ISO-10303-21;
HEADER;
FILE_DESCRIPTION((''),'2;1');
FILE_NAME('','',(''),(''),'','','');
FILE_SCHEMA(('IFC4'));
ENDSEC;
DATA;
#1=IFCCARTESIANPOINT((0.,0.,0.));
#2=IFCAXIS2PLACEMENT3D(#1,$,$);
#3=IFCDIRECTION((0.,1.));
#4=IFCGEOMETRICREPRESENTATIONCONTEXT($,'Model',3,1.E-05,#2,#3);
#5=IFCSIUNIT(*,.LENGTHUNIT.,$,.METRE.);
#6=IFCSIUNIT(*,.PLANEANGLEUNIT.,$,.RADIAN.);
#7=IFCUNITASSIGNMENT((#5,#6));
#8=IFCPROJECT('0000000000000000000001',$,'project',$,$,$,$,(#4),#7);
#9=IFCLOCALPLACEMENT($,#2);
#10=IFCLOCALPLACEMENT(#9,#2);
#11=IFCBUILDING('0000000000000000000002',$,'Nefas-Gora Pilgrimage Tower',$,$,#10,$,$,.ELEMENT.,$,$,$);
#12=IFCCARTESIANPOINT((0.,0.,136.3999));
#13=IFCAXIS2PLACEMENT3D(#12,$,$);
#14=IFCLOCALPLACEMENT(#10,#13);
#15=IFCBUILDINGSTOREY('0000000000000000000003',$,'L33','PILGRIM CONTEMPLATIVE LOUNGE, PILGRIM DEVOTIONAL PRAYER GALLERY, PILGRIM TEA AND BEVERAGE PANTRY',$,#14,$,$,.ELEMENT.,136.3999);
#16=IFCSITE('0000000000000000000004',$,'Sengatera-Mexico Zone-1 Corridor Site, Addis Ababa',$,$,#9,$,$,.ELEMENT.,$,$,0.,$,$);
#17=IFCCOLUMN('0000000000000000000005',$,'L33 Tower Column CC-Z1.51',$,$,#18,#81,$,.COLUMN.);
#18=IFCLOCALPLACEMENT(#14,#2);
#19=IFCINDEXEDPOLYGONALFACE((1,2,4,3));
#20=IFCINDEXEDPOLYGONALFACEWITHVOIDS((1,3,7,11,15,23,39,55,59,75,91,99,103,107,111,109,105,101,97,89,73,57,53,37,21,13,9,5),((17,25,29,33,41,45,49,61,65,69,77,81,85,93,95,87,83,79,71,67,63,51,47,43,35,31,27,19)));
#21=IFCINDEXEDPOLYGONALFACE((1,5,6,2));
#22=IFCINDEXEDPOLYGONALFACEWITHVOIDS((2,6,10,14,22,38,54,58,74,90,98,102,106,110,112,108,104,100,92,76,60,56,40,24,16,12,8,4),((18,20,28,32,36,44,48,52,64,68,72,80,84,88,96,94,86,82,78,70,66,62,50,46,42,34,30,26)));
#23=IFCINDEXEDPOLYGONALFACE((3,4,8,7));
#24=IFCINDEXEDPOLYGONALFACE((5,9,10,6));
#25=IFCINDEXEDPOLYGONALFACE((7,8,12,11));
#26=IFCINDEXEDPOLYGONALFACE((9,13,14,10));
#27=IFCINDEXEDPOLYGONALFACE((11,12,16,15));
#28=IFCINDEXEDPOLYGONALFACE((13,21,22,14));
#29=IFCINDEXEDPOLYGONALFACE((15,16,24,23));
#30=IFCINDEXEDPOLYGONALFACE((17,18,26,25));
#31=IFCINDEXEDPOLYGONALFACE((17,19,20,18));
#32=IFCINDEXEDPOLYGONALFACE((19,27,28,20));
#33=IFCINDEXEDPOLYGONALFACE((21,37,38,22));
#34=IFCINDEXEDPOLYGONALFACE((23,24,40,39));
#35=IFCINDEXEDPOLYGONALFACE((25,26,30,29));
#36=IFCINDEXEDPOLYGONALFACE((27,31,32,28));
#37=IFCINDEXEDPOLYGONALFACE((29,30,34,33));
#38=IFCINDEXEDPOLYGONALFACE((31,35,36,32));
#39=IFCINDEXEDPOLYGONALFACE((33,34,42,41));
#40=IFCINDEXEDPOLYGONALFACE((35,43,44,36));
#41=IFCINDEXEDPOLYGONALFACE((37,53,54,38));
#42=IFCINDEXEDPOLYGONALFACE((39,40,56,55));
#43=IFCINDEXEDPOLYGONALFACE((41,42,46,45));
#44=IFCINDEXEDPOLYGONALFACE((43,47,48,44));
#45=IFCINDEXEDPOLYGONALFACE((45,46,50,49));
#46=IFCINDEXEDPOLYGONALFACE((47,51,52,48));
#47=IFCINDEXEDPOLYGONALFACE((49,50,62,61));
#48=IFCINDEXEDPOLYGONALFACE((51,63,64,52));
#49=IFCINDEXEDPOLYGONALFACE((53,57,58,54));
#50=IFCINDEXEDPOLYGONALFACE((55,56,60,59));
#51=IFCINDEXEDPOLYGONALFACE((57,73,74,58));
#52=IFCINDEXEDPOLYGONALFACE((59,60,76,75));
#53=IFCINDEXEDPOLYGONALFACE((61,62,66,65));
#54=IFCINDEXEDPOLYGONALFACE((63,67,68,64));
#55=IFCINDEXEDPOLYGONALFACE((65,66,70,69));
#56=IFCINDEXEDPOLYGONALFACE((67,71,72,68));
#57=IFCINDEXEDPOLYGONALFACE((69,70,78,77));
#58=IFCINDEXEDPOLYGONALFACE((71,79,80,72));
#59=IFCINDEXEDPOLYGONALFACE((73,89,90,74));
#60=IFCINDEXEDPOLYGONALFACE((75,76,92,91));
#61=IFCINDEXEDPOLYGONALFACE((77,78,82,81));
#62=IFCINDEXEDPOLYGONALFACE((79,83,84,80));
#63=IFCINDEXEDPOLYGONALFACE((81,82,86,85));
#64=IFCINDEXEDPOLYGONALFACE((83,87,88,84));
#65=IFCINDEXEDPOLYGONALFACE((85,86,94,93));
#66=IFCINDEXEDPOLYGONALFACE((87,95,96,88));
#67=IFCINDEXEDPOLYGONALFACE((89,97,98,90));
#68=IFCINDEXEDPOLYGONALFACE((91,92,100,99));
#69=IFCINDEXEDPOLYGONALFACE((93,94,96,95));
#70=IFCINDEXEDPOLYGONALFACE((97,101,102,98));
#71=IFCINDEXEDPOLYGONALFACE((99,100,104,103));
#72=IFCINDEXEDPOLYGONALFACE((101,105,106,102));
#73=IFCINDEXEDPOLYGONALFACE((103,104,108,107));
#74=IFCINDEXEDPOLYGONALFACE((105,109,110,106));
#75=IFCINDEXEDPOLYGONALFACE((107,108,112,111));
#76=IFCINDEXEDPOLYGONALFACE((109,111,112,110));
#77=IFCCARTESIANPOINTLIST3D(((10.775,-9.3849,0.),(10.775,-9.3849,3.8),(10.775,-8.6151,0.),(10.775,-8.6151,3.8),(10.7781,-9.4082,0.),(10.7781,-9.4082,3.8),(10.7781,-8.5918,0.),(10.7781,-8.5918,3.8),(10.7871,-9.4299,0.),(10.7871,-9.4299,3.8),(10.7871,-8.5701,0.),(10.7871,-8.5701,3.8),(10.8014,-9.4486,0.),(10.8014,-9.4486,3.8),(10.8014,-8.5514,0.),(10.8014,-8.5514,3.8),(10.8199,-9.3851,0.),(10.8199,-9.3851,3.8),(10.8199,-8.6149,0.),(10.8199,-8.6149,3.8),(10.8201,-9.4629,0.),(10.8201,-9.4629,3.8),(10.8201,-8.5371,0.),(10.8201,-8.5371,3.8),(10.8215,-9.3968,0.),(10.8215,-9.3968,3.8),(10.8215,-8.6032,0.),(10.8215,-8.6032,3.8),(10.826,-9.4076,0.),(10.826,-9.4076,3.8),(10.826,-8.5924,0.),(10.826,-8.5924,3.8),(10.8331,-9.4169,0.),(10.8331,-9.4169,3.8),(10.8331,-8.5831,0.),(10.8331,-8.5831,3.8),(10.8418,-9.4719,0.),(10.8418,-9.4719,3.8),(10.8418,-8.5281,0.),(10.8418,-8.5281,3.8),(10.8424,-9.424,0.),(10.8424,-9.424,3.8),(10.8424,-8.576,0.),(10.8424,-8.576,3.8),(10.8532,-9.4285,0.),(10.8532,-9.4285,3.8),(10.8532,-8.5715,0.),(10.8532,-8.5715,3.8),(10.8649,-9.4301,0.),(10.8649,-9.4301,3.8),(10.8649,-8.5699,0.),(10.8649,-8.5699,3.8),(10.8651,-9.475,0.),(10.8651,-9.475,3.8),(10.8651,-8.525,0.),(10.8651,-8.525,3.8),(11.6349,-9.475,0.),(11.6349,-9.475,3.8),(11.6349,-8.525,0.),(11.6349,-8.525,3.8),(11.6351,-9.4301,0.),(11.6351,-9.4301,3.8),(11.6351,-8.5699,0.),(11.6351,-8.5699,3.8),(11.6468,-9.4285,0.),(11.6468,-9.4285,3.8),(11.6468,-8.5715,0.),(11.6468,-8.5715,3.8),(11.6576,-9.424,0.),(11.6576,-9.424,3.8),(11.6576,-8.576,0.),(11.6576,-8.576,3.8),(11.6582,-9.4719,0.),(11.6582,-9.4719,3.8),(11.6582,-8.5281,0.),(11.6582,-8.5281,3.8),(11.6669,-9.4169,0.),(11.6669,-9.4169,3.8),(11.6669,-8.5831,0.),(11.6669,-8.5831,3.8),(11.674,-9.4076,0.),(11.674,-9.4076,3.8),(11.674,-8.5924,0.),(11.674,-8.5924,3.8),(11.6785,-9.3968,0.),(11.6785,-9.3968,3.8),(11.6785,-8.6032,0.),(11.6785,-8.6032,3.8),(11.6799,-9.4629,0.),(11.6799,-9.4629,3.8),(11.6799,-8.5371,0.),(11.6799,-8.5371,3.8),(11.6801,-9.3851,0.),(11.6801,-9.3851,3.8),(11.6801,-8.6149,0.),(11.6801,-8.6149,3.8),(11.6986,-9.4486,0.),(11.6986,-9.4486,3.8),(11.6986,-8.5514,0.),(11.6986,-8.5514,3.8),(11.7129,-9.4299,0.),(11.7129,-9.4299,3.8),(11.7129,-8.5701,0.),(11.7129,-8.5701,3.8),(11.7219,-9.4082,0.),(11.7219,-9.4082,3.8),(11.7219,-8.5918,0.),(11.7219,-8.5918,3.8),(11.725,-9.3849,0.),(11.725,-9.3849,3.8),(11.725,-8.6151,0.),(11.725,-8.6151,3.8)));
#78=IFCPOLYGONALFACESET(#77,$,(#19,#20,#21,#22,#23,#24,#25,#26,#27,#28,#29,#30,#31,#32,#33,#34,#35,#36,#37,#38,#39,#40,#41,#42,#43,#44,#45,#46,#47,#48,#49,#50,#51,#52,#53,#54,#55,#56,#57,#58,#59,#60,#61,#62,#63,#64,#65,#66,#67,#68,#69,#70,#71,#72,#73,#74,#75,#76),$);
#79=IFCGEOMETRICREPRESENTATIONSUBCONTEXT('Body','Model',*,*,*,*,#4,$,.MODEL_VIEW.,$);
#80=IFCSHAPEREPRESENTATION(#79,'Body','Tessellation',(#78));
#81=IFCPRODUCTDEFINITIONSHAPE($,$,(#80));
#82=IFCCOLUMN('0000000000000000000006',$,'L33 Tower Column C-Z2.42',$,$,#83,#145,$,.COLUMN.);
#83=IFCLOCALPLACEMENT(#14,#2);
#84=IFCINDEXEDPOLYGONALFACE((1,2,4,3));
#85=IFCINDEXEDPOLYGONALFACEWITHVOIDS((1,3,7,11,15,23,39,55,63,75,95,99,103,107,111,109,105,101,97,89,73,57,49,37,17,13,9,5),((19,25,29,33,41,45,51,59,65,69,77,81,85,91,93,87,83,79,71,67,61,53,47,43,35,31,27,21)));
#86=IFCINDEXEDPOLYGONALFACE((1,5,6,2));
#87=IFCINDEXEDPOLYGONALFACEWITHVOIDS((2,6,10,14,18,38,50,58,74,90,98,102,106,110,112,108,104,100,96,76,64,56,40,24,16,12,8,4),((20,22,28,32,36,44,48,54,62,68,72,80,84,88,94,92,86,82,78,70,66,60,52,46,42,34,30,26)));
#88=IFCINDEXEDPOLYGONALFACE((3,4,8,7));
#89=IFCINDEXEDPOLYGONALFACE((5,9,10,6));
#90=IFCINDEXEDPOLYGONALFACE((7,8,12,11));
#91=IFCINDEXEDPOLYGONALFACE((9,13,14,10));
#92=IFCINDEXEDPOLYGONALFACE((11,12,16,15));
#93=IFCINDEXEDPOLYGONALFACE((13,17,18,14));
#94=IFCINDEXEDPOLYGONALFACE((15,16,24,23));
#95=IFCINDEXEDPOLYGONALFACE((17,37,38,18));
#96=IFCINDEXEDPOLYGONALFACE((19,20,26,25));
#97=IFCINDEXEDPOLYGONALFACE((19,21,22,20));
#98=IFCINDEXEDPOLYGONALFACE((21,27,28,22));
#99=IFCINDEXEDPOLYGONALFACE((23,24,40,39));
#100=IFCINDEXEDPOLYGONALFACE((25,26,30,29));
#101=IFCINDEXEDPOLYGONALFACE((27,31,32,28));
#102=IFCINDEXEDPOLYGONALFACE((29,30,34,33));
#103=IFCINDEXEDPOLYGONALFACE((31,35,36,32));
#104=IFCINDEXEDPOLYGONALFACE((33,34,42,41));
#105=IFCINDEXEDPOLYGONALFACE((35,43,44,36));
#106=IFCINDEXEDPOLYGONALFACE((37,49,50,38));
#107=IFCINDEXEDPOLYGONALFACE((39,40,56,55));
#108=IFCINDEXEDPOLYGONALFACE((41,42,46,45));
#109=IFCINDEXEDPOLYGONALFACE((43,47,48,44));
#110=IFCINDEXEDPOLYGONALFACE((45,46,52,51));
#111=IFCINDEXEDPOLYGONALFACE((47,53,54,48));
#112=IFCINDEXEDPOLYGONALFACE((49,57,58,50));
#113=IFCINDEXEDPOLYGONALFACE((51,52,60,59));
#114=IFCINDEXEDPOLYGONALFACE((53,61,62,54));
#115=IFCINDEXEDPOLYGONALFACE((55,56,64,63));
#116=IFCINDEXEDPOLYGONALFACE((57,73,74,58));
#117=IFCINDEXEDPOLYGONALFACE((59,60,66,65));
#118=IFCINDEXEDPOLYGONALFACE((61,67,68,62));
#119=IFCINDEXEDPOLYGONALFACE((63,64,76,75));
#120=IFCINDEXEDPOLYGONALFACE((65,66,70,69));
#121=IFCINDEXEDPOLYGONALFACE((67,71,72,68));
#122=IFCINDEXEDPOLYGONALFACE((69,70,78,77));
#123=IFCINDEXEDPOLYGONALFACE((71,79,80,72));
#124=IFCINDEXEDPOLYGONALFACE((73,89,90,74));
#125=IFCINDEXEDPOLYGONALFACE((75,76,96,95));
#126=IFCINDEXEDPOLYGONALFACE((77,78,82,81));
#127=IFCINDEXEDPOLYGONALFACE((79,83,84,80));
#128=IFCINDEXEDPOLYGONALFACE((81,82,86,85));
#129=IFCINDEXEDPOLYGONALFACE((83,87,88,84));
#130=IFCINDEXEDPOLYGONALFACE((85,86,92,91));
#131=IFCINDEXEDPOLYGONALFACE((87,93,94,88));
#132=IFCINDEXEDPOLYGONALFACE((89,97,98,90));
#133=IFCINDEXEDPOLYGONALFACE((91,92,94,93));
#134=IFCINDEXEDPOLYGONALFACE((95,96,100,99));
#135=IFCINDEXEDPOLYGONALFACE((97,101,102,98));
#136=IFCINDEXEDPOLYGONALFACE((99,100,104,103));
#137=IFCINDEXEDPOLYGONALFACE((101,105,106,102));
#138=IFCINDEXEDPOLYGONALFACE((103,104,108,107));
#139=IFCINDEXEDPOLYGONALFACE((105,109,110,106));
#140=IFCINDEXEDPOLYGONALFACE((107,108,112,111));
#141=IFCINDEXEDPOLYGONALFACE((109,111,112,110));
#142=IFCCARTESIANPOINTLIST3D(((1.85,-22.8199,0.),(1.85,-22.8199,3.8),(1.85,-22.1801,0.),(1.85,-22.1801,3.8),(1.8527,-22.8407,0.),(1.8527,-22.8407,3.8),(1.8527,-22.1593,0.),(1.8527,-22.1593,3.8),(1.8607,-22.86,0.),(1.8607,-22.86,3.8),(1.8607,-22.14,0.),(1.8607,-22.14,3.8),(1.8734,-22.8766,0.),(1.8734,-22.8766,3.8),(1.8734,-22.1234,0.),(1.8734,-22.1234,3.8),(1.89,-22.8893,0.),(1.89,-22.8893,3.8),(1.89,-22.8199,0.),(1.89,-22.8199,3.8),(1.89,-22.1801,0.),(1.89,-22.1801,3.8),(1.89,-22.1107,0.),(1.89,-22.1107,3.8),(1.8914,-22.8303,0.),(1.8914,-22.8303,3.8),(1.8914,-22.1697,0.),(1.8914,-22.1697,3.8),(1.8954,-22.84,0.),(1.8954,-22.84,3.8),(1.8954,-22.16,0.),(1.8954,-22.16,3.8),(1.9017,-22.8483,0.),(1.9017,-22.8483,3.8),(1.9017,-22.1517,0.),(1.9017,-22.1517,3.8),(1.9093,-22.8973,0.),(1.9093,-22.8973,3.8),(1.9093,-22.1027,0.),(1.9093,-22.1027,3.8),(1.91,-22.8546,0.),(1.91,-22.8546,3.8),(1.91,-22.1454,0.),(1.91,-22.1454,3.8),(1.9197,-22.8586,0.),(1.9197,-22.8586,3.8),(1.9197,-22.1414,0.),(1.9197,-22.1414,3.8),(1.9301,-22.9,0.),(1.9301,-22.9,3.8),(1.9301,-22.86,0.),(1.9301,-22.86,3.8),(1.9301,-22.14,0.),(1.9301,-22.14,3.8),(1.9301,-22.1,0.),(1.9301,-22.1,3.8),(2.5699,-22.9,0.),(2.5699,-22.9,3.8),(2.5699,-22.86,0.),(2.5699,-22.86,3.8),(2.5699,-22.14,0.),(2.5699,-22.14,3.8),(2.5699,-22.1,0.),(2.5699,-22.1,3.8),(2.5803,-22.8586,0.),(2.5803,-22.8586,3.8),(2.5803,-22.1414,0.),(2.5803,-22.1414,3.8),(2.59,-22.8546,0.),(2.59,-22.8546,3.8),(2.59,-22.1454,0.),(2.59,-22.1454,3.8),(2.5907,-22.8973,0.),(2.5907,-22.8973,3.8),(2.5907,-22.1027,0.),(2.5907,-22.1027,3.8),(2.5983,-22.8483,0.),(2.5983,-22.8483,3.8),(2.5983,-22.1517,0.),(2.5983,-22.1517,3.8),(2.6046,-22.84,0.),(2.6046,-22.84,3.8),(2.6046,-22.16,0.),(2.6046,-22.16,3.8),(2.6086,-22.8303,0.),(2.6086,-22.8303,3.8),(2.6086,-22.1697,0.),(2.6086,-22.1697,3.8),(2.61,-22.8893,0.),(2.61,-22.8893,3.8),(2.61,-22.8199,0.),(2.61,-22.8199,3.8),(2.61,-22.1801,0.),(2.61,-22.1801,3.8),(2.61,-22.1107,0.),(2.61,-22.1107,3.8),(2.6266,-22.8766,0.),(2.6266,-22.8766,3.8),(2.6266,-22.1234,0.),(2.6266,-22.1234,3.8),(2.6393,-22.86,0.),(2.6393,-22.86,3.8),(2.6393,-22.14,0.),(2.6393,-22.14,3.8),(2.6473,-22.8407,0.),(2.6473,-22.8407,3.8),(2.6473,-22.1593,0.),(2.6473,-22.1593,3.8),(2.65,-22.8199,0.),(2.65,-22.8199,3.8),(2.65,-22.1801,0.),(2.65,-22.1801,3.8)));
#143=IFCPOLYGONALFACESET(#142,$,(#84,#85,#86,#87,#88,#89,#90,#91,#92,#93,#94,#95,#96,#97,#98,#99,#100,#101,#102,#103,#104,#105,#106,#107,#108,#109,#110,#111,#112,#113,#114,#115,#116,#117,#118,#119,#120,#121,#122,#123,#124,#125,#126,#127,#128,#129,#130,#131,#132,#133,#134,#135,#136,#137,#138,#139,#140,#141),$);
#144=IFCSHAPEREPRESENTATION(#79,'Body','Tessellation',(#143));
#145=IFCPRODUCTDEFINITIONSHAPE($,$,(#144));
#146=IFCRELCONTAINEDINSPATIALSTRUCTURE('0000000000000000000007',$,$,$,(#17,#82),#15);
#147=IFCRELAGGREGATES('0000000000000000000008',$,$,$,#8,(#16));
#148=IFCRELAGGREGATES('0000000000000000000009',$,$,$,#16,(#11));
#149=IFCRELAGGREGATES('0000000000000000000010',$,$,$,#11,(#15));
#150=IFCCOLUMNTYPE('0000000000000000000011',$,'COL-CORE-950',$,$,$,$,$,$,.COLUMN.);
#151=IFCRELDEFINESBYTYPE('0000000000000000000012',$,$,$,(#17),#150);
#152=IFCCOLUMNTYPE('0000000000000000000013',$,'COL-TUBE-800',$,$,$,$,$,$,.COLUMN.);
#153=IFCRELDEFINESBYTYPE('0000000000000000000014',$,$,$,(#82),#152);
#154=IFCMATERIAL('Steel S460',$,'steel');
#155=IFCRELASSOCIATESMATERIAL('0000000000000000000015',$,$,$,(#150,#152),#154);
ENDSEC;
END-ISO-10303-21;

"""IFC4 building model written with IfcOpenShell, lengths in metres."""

from ifc_helpers import new_model, si_unit, direction, frame, origin, origin_2d, place, context, subcontext, project, spatial, hollow_rectangle, extrude, source, transform, mapped, material, material_profile, profile_set, type_object, element, save


model = new_model("IFC4")

# Units and contexts
model_context = context("Model", 3, precision=1e-05, world=origin(), true_north=direction((0.0, 1.0)))
body_context = subcontext(model_context, "Body", "Model", "MODEL_VIEW")
ifc_project = project(units=[si_unit("LENGTHUNIT", "METRE"), si_unit("PLANEANGLEUNIT", "RADIAN")], contexts=[model_context])

# Site, building, storey
site_placement = place(None, origin())
site = spatial("IfcSite", under=ifc_project, at=site_placement, Name="Sengatera-Mexico Zone-1 Corridor Site, Addis Ababa", CompositionType="ELEMENT", RefElevation=0.0)
building_placement = place(site_placement, origin())
building = spatial("IfcBuilding", under=site, at=building_placement, Name="Nefas-Gora Pilgrimage Tower", CompositionType="ELEMENT")
storey_placement = place(building_placement, frame((0.0, 0.0, 136.3999)))
storey = spatial("IfcBuildingStorey", under=building, at=storey_placement, Name="L33", Description="PILGRIM CONTEMPLATIVE LOUNGE, PILGRIM DEVOTIONAL PRAYER GALLERY, PILGRIM TEA AND BEVERAGE PANTRY", CompositionType="ELEMENT", Elevation=136.3999)

# Columns
ifc_material_1 = material(Name="Steel S460", Category="steel")
ifc_material_profile_1 = material_profile(ifc_material_1, hollow_rectangle(XDim=0.95, YDim=0.95, WallThickness=0.0449, InnerFilletRadius=0.0449, OuterFilletRadius=0.0901, at=origin_2d()), Name="BOX 950x950x45")
ifc_profile_set_1 = profile_set([ifc_material_profile_1], Name="Steel S460")
column_type_1 = type_object("IfcColumnType", Name="COL-CORE-950", PredefinedType="COLUMN", material=ifc_profile_set_1)
shared_shape_1 = source(origin(), body_context, "Body", "SweptSolid", [
    extrude(hollow_rectangle(XDim=0.95, YDim=0.95, WallThickness=0.0449, InnerFilletRadius=0.0449, OuterFilletRadius=0.0901, at=origin_2d()), origin(), (0.0, 0.0, 1.0), 3.8),
])
column_placement = place(storey_placement, frame((11.25, -9.0, 0.0), z_axis=(0.0, 0.0, 1.0), x_axis=(1.0, 0.0, 0.0)))
element("IfcColumn", 1, at=column_placement, inside=storey, type_object=column_type_1, Name="L33 Tower Column CC-Z1.51", PredefinedType="COLUMN", context=body_context, shape_type="MappedRepresentation", body=[
    mapped(shared_shape_1, transform((0.0, 0.0, 0.0), x_axis=(1.0, 0.0, 0.0), y_axis=(0.0, 1.0, 0.0), z_axis=(0.0, 0.0, 1.0), scale=1.0)),
])
ifc_material_profile_2 = material_profile(ifc_material_1, hollow_rectangle(XDim=0.8, YDim=0.8, WallThickness=0.04, InnerFilletRadius=0.04, OuterFilletRadius=0.0801, at=origin_2d()), Name="BOX 800x800x40")
ifc_profile_set_2 = profile_set([ifc_material_profile_2], Name="Steel S460")
column_type_2 = type_object("IfcColumnType", Name="COL-TUBE-800", PredefinedType="COLUMN", material=ifc_profile_set_2)
shared_shape_2 = source(origin(), body_context, "Body", "SweptSolid", [
    extrude(hollow_rectangle(XDim=0.8, YDim=0.8, WallThickness=0.04, InnerFilletRadius=0.04, OuterFilletRadius=0.0801, at=origin_2d()), origin(), (0.0, 0.0, 1.0), 3.8),
])
for number, where, z_axis, x_axis, name in (
    (2, (2.25, -22.5, 0.0), (0.0, 0.0, 1.0), (1.0, 0.0, 0.0), "L33 Tower Column C-Z2.42"),
):
    element("IfcColumn", number, at=place(storey_placement, frame(where, z_axis=z_axis, x_axis=x_axis)), inside=storey, type_object=column_type_2, Name=name, PredefinedType="COLUMN", context=body_context, shape_type="MappedRepresentation", body=[
        mapped(shared_shape_2, transform((0.0, 0.0, 0.0), x_axis=(1.0, 0.0, 0.0), y_axis=(0.0, 1.0, 0.0), z_axis=(0.0, 0.0, 1.0), scale=1.0)),
    ])

save(model, "model.ifc")
